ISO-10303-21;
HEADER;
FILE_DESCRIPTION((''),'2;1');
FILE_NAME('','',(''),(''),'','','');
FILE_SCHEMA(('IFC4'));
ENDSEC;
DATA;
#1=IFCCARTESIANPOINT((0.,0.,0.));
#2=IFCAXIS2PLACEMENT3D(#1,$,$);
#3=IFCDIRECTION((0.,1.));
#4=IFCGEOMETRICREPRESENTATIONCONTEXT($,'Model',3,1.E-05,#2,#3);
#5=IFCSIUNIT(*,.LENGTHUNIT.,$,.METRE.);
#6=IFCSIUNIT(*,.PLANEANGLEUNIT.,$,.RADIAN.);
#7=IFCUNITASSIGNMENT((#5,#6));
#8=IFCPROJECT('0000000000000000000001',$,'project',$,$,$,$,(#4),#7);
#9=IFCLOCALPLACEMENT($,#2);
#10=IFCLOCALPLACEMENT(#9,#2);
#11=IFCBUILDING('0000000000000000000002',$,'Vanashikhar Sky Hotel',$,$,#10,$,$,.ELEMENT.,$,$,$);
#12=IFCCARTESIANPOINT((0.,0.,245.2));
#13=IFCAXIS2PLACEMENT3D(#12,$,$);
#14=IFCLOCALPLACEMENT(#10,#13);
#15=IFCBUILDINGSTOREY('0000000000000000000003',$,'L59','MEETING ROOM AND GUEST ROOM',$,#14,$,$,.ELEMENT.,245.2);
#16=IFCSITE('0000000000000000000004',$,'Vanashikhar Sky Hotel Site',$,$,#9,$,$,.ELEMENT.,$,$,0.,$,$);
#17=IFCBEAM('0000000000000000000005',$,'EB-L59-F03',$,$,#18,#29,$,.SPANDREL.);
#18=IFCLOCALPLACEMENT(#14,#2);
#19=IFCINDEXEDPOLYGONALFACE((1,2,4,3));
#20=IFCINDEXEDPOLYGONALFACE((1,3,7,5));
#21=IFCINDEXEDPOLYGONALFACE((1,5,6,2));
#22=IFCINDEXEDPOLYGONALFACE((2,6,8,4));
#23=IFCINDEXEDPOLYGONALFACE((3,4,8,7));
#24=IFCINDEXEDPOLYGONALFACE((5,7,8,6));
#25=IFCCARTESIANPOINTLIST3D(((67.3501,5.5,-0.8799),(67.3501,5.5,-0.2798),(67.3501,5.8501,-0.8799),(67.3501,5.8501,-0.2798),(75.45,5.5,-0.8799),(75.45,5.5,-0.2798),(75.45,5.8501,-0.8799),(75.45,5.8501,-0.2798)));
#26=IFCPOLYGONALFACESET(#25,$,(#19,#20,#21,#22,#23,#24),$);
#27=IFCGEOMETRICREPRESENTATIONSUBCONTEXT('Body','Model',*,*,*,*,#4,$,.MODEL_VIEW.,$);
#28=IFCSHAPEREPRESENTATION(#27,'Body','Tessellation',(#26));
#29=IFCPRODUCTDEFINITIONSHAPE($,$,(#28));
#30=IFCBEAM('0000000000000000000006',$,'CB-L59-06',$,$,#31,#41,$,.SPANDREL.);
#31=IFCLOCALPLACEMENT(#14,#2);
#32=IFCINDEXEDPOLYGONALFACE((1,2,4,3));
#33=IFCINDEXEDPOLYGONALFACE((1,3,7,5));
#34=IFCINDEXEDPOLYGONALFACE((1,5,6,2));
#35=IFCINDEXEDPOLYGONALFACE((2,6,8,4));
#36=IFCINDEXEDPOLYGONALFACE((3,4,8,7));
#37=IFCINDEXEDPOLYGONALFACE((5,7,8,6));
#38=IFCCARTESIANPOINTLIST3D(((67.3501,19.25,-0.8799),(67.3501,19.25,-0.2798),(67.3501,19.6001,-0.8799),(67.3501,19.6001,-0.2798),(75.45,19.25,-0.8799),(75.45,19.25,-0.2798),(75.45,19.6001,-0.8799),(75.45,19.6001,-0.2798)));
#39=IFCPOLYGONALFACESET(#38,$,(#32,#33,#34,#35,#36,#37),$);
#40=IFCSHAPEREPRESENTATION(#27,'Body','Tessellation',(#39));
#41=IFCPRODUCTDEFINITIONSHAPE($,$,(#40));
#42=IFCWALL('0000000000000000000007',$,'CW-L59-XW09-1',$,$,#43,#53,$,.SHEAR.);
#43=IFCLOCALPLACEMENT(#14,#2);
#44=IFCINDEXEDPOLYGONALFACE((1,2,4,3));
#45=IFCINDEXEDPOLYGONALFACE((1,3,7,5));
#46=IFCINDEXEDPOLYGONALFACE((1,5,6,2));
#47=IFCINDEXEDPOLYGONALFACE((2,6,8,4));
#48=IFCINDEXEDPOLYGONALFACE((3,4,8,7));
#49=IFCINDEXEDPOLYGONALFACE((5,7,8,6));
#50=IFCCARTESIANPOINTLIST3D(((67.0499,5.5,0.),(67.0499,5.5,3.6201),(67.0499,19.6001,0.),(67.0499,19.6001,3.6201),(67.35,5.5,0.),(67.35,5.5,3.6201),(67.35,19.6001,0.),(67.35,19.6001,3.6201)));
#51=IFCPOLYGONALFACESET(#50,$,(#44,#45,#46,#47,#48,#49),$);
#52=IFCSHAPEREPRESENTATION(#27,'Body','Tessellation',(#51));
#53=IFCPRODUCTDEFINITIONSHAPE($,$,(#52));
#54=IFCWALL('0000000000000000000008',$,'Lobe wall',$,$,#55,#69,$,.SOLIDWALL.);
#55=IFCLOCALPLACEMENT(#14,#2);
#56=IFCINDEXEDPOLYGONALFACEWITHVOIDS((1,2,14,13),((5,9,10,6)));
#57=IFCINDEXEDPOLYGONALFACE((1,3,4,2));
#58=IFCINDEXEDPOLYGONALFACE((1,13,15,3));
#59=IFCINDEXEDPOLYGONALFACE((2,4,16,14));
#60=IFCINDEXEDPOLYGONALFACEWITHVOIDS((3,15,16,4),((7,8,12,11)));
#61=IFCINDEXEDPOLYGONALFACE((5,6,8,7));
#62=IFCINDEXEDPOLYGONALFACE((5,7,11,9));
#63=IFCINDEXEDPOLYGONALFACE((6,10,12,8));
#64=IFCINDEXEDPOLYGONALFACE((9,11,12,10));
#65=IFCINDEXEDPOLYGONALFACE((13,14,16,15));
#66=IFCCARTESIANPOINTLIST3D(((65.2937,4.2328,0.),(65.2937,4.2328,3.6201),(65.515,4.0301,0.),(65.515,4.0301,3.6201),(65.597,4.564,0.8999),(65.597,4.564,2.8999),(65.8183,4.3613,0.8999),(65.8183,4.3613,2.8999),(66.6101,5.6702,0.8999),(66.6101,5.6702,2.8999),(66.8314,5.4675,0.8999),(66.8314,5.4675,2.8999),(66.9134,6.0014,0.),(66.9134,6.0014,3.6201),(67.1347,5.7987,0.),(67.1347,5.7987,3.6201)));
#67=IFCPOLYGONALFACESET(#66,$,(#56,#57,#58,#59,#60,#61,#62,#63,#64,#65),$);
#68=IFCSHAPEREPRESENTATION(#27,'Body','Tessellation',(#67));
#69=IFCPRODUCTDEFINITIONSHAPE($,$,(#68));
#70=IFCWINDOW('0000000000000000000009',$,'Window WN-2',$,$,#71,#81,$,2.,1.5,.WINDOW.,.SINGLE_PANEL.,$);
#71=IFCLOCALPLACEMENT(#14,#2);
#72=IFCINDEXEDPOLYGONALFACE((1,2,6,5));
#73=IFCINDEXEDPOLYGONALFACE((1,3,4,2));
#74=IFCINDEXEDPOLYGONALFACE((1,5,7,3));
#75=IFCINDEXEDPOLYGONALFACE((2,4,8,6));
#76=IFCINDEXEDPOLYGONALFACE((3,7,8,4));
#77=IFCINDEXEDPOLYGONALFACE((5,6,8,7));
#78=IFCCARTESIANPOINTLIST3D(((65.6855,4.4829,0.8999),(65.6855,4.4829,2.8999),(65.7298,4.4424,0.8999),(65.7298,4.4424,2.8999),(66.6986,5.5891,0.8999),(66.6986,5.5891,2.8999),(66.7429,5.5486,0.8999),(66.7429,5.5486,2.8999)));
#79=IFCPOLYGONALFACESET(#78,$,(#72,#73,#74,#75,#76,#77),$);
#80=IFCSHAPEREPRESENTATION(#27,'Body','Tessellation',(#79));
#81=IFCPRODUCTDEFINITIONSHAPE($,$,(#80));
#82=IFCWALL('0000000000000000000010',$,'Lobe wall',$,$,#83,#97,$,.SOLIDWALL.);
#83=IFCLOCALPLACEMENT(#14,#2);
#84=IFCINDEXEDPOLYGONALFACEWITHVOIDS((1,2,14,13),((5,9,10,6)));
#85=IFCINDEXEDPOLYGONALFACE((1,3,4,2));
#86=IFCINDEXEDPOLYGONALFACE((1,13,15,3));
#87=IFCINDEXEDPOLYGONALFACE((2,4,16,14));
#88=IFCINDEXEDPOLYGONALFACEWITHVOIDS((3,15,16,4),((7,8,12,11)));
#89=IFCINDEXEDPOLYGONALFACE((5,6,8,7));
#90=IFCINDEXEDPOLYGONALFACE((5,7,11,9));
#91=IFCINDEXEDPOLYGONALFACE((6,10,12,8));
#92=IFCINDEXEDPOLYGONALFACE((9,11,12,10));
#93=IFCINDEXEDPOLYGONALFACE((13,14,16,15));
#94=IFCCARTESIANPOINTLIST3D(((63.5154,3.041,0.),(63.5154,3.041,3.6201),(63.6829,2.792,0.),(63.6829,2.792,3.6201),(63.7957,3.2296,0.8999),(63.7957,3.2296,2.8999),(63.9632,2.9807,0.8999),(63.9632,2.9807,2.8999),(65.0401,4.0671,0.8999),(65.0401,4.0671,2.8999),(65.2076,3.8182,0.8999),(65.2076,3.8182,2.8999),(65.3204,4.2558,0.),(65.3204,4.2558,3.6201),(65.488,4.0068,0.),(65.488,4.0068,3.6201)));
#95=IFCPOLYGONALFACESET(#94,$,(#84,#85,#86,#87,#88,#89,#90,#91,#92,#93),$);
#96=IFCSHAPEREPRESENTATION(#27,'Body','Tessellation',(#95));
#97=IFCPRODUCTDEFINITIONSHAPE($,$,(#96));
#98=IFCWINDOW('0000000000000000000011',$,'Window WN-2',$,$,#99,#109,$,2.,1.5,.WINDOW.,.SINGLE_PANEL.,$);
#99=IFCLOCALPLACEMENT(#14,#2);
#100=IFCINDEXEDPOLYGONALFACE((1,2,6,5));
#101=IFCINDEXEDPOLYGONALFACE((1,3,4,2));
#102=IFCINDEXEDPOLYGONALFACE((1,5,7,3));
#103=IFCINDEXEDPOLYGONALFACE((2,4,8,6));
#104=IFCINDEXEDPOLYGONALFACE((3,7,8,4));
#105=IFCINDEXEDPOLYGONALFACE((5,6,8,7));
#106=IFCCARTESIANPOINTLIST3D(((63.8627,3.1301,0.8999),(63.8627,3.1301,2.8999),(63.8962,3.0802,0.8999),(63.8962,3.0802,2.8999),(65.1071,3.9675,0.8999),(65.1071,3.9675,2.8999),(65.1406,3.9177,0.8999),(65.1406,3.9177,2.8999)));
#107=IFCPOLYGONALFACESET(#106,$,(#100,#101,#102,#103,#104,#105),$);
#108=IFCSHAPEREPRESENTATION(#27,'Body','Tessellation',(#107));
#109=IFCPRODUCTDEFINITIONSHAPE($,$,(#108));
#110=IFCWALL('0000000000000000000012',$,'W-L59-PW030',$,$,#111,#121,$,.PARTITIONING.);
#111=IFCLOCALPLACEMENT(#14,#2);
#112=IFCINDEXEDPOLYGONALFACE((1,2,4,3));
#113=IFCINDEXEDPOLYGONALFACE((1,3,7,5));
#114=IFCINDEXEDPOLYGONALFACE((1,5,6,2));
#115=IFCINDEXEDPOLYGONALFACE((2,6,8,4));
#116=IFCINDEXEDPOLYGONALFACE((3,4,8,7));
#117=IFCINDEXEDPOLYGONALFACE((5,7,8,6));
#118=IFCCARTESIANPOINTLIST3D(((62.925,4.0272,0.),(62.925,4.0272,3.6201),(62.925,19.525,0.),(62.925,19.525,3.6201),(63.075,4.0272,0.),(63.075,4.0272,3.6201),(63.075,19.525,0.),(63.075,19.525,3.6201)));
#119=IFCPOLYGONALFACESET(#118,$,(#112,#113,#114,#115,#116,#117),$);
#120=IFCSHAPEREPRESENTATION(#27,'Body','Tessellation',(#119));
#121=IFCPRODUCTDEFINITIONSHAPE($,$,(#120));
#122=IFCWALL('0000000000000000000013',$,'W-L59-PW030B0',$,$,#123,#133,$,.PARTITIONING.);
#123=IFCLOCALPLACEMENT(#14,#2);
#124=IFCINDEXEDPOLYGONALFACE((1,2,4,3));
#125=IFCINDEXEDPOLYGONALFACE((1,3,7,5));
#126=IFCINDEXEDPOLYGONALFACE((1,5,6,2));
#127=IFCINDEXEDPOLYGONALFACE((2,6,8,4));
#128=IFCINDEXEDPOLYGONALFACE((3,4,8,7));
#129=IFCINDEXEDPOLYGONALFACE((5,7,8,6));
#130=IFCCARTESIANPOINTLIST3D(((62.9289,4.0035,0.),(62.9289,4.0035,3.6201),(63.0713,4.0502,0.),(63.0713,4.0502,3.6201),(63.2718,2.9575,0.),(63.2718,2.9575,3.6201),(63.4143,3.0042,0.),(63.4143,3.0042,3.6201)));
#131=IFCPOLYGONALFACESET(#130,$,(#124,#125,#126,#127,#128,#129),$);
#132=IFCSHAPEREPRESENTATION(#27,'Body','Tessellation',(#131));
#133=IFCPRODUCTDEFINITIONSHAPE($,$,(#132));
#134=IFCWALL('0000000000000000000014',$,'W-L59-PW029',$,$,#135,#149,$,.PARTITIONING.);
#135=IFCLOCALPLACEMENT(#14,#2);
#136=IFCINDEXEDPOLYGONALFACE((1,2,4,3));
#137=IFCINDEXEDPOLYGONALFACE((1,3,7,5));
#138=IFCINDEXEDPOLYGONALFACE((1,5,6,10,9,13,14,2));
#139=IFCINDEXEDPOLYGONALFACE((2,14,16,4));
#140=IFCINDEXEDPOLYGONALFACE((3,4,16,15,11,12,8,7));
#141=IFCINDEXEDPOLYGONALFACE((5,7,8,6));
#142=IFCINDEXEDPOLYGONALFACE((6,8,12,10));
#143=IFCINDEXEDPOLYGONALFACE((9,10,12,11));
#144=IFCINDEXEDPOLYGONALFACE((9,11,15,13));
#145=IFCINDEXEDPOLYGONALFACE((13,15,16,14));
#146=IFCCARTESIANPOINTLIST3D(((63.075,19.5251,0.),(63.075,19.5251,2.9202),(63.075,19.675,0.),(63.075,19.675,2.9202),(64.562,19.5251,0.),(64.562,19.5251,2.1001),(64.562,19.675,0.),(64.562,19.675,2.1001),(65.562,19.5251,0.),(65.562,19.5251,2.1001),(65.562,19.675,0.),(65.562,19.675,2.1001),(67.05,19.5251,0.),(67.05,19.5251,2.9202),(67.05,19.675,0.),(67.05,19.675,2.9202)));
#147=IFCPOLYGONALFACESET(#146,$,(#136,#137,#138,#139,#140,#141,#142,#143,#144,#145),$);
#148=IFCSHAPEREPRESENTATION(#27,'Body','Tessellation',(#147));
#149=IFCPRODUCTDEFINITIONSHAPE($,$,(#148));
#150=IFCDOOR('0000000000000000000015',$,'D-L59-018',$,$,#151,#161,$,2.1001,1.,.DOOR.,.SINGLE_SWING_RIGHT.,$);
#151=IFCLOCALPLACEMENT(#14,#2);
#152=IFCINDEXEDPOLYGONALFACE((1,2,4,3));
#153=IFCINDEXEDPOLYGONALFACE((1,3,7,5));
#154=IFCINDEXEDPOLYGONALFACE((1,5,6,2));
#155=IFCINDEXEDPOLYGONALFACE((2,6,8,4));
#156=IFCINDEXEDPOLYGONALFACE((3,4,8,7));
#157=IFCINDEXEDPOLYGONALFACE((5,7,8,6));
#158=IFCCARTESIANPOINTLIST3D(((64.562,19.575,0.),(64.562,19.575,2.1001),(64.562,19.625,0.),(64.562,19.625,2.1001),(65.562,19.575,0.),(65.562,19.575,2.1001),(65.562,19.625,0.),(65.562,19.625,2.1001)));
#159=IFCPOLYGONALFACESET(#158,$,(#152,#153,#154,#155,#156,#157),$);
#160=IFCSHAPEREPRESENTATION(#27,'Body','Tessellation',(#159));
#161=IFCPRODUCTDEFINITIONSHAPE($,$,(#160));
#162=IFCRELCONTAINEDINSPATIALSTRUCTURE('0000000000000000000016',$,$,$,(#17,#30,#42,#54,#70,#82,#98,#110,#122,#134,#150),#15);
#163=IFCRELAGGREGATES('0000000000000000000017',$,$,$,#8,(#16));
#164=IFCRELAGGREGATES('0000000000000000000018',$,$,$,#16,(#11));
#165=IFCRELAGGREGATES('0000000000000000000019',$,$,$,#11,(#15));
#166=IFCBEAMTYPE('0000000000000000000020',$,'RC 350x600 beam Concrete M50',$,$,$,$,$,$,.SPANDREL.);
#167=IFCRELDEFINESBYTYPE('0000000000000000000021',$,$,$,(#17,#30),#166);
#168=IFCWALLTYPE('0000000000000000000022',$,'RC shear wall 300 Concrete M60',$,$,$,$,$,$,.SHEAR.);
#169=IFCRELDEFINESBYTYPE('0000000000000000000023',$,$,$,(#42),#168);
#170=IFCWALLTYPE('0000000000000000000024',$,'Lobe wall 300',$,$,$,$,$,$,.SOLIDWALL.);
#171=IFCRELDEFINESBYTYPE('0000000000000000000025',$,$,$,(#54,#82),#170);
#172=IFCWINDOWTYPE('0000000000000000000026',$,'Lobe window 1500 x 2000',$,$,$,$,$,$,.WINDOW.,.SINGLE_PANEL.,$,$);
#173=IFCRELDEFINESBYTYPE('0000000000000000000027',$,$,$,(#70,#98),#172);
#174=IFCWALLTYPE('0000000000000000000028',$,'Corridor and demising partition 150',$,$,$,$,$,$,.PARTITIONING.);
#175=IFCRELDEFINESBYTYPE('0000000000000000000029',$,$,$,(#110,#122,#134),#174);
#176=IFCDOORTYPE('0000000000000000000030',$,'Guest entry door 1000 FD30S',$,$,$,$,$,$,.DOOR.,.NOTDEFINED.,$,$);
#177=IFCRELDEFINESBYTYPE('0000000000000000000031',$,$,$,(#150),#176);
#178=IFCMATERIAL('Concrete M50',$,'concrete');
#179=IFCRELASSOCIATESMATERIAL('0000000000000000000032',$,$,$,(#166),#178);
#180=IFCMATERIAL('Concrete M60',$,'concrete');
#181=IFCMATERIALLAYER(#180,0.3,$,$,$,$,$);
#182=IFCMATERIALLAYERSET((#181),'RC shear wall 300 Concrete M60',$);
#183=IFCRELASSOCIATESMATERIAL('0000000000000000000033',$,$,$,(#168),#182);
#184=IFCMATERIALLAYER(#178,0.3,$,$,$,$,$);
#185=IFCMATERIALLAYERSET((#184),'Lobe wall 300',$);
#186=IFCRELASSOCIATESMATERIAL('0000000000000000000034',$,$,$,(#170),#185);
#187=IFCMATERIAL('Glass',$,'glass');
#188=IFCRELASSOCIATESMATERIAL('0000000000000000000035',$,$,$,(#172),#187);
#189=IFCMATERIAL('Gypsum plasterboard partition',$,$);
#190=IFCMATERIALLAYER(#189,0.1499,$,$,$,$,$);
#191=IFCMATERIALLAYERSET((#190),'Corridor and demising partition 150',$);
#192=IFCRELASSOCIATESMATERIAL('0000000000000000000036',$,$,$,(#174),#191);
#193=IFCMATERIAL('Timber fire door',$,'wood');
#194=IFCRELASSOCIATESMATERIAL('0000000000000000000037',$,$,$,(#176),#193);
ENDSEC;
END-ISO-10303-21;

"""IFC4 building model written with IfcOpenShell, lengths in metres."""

from ifc_helpers import new_model, si_unit, direction, frame, frame_2d, origin, origin_2d, place, context, subcontext, project, spatial, rectangle, extrude, source, transform, mapped, material, layer, layer_set, material_profile, profile_set, type_object, element, fill, save


model = new_model("IFC4")

# Units and contexts
model_context = context("Model", 3, precision=1e-05, world=origin(), true_north=direction((0.0, 1.0)))
body_context = subcontext(model_context, "Body", "Model", "MODEL_VIEW")
ifc_project = project(units=[si_unit("LENGTHUNIT", "METRE"), si_unit("PLANEANGLEUNIT", "RADIAN")], contexts=[model_context])

# Site, building, storey
site_placement = place(None, origin())
site = spatial("IfcSite", under=ifc_project, at=site_placement, Name="Vanashikhar Sky Hotel Site", CompositionType="ELEMENT", RefElevation=0.0)
building_placement = place(site_placement, origin())
building = spatial("IfcBuilding", under=site, at=building_placement, Name="Vanashikhar Sky Hotel", CompositionType="ELEMENT")
storey_placement = place(building_placement, frame((0.0, 0.0, 245.2)))
storey = spatial("IfcBuildingStorey", under=building, at=storey_placement, Name="L59", Description="MEETING ROOM AND GUEST ROOM", CompositionType="ELEMENT", Elevation=245.2)

# Beams
ifc_material_1 = material(Name="Concrete M50", Category="concrete")
ifc_material_profile_1 = material_profile(ifc_material_1, rectangle(XDim=0.3501, YDim=0.6001, at=origin_2d()))
ifc_profile_set_1 = profile_set([ifc_material_profile_1], Name="RC 350x600 beam Concrete M50")
beam_type = type_object("IfcBeamType", Name="RC 350x600 beam Concrete M50", PredefinedType="SPANDREL", material=ifc_profile_set_1)
shared_shape_1 = source(origin(), body_context, "Body", "SweptSolid", [
    extrude(rectangle(XDim=0.3501, YDim=0.6001, at=origin_2d()), origin(), (0.0, 0.0, 1.0), 8.0999),
])
for number, where, z_axis, x_axis, name in (
    (1, (67.3501, 5.675, -0.5798), (1.0, 0.0, 0.0), (0.0, 1.0, 0.0), "EB-L59-F03"),
    (2, (67.3501, 19.425, -0.5798), (1.0, 0.0, 0.0), (0.0, 1.0, 0.0), "CB-L59-06"),
):
    element("IfcBeam", number, at=place(storey_placement, frame(where, z_axis=z_axis, x_axis=x_axis)), inside=storey, type_object=beam_type, Name=name, PredefinedType="SPANDREL", context=body_context, shape_type="MappedRepresentation", body=[
        mapped(shared_shape_1, transform((0.0, 0.0, 0.0), scale=1.0)),
    ])

# Wall
ifc_material_2 = material(Name="Concrete M60", Category="concrete")
ifc_layer_1 = layer(ifc_material_2, 0.3)
ifc_layer_set_1 = layer_set([ifc_layer_1], Name="RC shear wall 300 Concrete M60")
wall_type_1 = type_object("IfcWallType", Name="RC shear wall 300 Concrete M60", PredefinedType="SHEAR", material=ifc_layer_set_1)
shared_shape_2 = source(origin(), body_context, "Body", "SweptSolid", [
    extrude(rectangle(XDim=14.1001, YDim=0.3, at=frame_2d((7.05, 0.0))), origin(), (0.0, 0.0, 1.0), 3.6201),
])
wall_1_placement = place(storey_placement, frame((67.2, 5.5, 0.0), z_axis=(0.0, 0.0, 1.0), x_axis=(0.0, 1.0, 0.0)))
element("IfcWall", 3, at=wall_1_placement, inside=storey, type_object=wall_type_1, Name="CW-L59-XW09-1", PredefinedType="SHEAR", context=body_context, shape_type="MappedRepresentation", body=[
    mapped(shared_shape_2, transform((0.0, 0.0, 0.0), scale=1.0)),
])

# Shared definitions
ifc_material_3 = material(Name="Glass", Category="glass")

# Walls, openings, windows
ifc_layer_2 = layer(ifc_material_1, 0.3)
ifc_layer_set_2 = layer_set([ifc_layer_2], Name="Lobe wall 300")
wall_type_2 = type_object("IfcWallType", Name="Lobe wall 300", PredefinedType="SOLIDWALL", material=ifc_layer_set_2)
shared_shape_3 = source(origin(), body_context, "Body", "SweptSolid", [
    extrude(rectangle(XDim=2.3982, YDim=0.3, at=frame_2d((1.1992, 0.0))), origin(), (0.0, 0.0, 1.0), 3.6201),
])
wall_2_placement = place(storey_placement, frame((65.4043, 4.1313, 0.0), z_axis=(0.0, 0.0, 1.0), x_axis=(0.675374, 0.737475, 0.0)))
wall_2 = element("IfcWall", 4, at=wall_2_placement, inside=storey, type_object=wall_type_2, Name="Lobe wall", PredefinedType="SOLIDWALL", context=body_context, shape_type="MappedRepresentation", body=[
    mapped(shared_shape_3, transform((0.0, 0.0, 0.0), scale=1.0)),
])
shared_shape_4 = source(origin(), body_context, "Body", "SweptSolid", [
    extrude(rectangle(XDim=1.5, YDim=2.0, at=frame_2d((0.75, 1.0))), frame((0.0, 0.1602, 0.0), z_axis=(0.0, -1.0, 0.0), x_axis=(1.0, 0.0, 0.0)), (0.0, 0.0, 1.0), 0.3201),
])
opening_1_placement = place(wall_2_placement, frame((0.4492, 0.0, 0.8999)))
opening_1 = element("IfcOpeningElement", 5, at=opening_1_placement, cuts=wall_2, PredefinedType="OPENING", context=body_context, shape_type="MappedRepresentation", body=[
    mapped(shared_shape_4, transform((0.0, 0.0, 0.0), scale=1.0)),
])
window_type_1 = type_object("IfcWindowType", Name="Lobe window 1500 x 2000", PartitioningType="SINGLE_PANEL", PredefinedType="WINDOW", material=ifc_material_3)
shared_shape_5 = source(origin(), body_context, "Body", "SweptSolid", [
    extrude(rectangle(XDim=1.5, YDim=2.0, at=frame_2d((0.75, 1.0))), frame((0.0, 0.03, 0.0), z_axis=(0.0, -1.0, 0.0), x_axis=(1.0, 0.0, 0.0)), (0.0, 0.0, 1.0), 0.0601),
])
window_1_placement = place(opening_1_placement, origin())
window_1 = element("IfcWindow", 6, at=window_1_placement, inside=storey, type_object=window_type_1, Name="Window WN-2", OverallHeight=2.0, OverallWidth=1.5, PartitioningType="SINGLE_PANEL", PredefinedType="WINDOW", context=body_context, shape_type="MappedRepresentation", body=[
    mapped(shared_shape_5, transform((0.0, 0.0, 0.0), scale=1.0)),
])
fill(opening_1, window_1)
shared_shape_6 = source(origin(), body_context, "Body", "SweptSolid", [
    extrude(rectangle(XDim=2.1758, YDim=0.3, at=frame_2d((1.0879, 0.0))), origin(), (0.0, 0.0, 1.0), 3.6201),
])
wall_3_placement = place(storey_placement, frame((63.5991, 2.9165, 0.0), z_axis=(0.0, 0.0, 1.0), x_axis=(0.829626, 0.55832, 0.0)))
wall_3 = element("IfcWall", 7, at=wall_3_placement, inside=storey, type_object=wall_type_2, Name="Lobe wall", PredefinedType="SOLIDWALL", context=body_context, shape_type="MappedRepresentation", body=[
    mapped(shared_shape_6, transform((0.0, 0.0, 0.0), scale=1.0)),
])
opening_2_placement = place(wall_3_placement, frame((0.3379, 0.0, 0.8999)))
opening_2 = element("IfcOpeningElement", 8, at=opening_2_placement, cuts=wall_3, PredefinedType="OPENING", context=body_context, shape_type="MappedRepresentation", body=[
    mapped(shared_shape_4, transform((0.0, 0.0, 0.0), scale=1.0)),
])
window_2_placement = place(opening_2_placement, origin())
window_2 = element("IfcWindow", 9, at=window_2_placement, inside=storey, type_object=window_type_1, Name="Window WN-2", OverallHeight=2.0, OverallWidth=1.5, PartitioningType="SINGLE_PANEL", PredefinedType="WINDOW", context=body_context, shape_type="MappedRepresentation", body=[
    mapped(shared_shape_5, transform((0.0, 0.0, 0.0), scale=1.0)),
])
fill(opening_2, window_2)

# Walls
ifc_material_4 = material(Name="Gypsum plasterboard partition")
ifc_layer_3 = layer(ifc_material_4, 0.1499)
ifc_layer_set_3 = layer_set([ifc_layer_3], Name="Corridor and demising partition 150")
wall_type_3 = type_object("IfcWallType", Name="Corridor and demising partition 150", PredefinedType="PARTITIONING", material=ifc_layer_set_3)
shared_shape_7 = source(origin(), body_context, "Body", "SweptSolid", [
    extrude(rectangle(XDim=15.4978, YDim=0.1499, at=frame_2d((7.749, 0.0))), origin(), (0.0, 0.0, 1.0), 3.6201),
])
wall_4_placement = place(storey_placement, frame((63.0, 4.0271, 0.0), z_axis=(0.0, 0.0, 1.0), x_axis=(0.0, 1.0, 0.0)))
element("IfcWall", 10, at=wall_4_placement, inside=storey, type_object=wall_type_3, Name="W-L59-PW030", PredefinedType="PARTITIONING", context=body_context, shape_type="MappedRepresentation", body=[
    mapped(shared_shape_7, transform((0.0, 0.0, 0.0), scale=1.0)),
])
shared_shape_8 = source(origin(), body_context, "Body", "SweptSolid", [
    extrude(rectangle(XDim=1.1008, YDim=0.1499, at=frame_2d((0.5503, 0.0))), origin(), (0.0, 0.0, 1.0), 3.6201),
])
wall_5_placement = place(storey_placement, frame((63.343, 2.981, 0.0), z_axis=(0.0, 0.0, 1.0), x_axis=(-0.311567, 0.950224, 0.0)))
element("IfcWall", 11, at=wall_5_placement, inside=storey, type_object=wall_type_3, Name="W-L59-PW030B0", PredefinedType="PARTITIONING", context=body_context, shape_type="MappedRepresentation", body=[
    mapped(shared_shape_8, transform((0.0, 0.0, 0.0), scale=1.0)),
])

# Wall, opening, door
shared_shape_9 = source(origin(), body_context, "Body", "SweptSolid", [
    extrude(rectangle(XDim=3.9751, YDim=0.1499, at=frame_2d((1.9875, 0.0))), origin(), (0.0, 0.0, 1.0), 2.9202),
])
wall_6_placement = place(storey_placement, frame((63.075, 19.6001, 0.0), z_axis=(0.0, 0.0, 1.0), x_axis=(1.0, 0.0, 0.0)))
wall_6 = element("IfcWall", 12, at=wall_6_placement, inside=storey, type_object=wall_type_3, Name="W-L59-PW029", PredefinedType="PARTITIONING", context=body_context, shape_type="MappedRepresentation", body=[
    mapped(shared_shape_9, transform((0.0, 0.0, 0.0), scale=1.0)),
])
shared_shape_10 = source(origin(), body_context, "Body", "SweptSolid", [
    extrude(rectangle(XDim=1.0, YDim=2.1001, at=frame_2d((0.5, 1.05))), frame((0.0, 0.085, 0.0), z_axis=(0.0, -1.0, 0.0), x_axis=(1.0, 0.0, 0.0)), (0.0, 0.0, 1.0), 0.1699),
])
opening_3_placement = place(wall_6_placement, frame((1.4871, 0.0, 0.0)))
opening_3 = element("IfcOpeningElement", 13, at=opening_3_placement, cuts=wall_6, PredefinedType="OPENING", context=body_context, shape_type="MappedRepresentation", body=[
    mapped(shared_shape_10, transform((0.0, 0.0, 0.0), scale=1.0)),
])
ifc_material_5 = material(Name="Timber fire door", Category="wood")
door_type_1 = type_object("IfcDoorType", Name="Guest entry door 1000 FD30S", OperationType="NOTDEFINED", PredefinedType="DOOR", material=ifc_material_5)
shared_shape_11 = source(origin(), body_context, "Body", "SweptSolid", [
    extrude(rectangle(XDim=1.0, YDim=2.1001, at=frame_2d((0.5, 1.05))), frame((0.0, 0.0249, 0.0), z_axis=(0.0, -1.0, 0.0), x_axis=(1.0, 0.0, 0.0)), (0.0, 0.0, 1.0), 0.05),
])
door_1_placement = place(opening_3_placement, origin())
door_1 = element("IfcDoor", 14, at=door_1_placement, inside=storey, type_object=door_type_1, Name="D-L59-018", OperationType="SINGLE_SWING_RIGHT", OverallHeight=2.1001, OverallWidth=1.0, PredefinedType="DOOR", context=body_context, shape_type="MappedRepresentation", body=[
    mapped(shared_shape_11, transform((0.0, 0.0, 0.0), scale=1.0)),
])
fill(opening_3, door_1)

save(model, "model.ifc")
